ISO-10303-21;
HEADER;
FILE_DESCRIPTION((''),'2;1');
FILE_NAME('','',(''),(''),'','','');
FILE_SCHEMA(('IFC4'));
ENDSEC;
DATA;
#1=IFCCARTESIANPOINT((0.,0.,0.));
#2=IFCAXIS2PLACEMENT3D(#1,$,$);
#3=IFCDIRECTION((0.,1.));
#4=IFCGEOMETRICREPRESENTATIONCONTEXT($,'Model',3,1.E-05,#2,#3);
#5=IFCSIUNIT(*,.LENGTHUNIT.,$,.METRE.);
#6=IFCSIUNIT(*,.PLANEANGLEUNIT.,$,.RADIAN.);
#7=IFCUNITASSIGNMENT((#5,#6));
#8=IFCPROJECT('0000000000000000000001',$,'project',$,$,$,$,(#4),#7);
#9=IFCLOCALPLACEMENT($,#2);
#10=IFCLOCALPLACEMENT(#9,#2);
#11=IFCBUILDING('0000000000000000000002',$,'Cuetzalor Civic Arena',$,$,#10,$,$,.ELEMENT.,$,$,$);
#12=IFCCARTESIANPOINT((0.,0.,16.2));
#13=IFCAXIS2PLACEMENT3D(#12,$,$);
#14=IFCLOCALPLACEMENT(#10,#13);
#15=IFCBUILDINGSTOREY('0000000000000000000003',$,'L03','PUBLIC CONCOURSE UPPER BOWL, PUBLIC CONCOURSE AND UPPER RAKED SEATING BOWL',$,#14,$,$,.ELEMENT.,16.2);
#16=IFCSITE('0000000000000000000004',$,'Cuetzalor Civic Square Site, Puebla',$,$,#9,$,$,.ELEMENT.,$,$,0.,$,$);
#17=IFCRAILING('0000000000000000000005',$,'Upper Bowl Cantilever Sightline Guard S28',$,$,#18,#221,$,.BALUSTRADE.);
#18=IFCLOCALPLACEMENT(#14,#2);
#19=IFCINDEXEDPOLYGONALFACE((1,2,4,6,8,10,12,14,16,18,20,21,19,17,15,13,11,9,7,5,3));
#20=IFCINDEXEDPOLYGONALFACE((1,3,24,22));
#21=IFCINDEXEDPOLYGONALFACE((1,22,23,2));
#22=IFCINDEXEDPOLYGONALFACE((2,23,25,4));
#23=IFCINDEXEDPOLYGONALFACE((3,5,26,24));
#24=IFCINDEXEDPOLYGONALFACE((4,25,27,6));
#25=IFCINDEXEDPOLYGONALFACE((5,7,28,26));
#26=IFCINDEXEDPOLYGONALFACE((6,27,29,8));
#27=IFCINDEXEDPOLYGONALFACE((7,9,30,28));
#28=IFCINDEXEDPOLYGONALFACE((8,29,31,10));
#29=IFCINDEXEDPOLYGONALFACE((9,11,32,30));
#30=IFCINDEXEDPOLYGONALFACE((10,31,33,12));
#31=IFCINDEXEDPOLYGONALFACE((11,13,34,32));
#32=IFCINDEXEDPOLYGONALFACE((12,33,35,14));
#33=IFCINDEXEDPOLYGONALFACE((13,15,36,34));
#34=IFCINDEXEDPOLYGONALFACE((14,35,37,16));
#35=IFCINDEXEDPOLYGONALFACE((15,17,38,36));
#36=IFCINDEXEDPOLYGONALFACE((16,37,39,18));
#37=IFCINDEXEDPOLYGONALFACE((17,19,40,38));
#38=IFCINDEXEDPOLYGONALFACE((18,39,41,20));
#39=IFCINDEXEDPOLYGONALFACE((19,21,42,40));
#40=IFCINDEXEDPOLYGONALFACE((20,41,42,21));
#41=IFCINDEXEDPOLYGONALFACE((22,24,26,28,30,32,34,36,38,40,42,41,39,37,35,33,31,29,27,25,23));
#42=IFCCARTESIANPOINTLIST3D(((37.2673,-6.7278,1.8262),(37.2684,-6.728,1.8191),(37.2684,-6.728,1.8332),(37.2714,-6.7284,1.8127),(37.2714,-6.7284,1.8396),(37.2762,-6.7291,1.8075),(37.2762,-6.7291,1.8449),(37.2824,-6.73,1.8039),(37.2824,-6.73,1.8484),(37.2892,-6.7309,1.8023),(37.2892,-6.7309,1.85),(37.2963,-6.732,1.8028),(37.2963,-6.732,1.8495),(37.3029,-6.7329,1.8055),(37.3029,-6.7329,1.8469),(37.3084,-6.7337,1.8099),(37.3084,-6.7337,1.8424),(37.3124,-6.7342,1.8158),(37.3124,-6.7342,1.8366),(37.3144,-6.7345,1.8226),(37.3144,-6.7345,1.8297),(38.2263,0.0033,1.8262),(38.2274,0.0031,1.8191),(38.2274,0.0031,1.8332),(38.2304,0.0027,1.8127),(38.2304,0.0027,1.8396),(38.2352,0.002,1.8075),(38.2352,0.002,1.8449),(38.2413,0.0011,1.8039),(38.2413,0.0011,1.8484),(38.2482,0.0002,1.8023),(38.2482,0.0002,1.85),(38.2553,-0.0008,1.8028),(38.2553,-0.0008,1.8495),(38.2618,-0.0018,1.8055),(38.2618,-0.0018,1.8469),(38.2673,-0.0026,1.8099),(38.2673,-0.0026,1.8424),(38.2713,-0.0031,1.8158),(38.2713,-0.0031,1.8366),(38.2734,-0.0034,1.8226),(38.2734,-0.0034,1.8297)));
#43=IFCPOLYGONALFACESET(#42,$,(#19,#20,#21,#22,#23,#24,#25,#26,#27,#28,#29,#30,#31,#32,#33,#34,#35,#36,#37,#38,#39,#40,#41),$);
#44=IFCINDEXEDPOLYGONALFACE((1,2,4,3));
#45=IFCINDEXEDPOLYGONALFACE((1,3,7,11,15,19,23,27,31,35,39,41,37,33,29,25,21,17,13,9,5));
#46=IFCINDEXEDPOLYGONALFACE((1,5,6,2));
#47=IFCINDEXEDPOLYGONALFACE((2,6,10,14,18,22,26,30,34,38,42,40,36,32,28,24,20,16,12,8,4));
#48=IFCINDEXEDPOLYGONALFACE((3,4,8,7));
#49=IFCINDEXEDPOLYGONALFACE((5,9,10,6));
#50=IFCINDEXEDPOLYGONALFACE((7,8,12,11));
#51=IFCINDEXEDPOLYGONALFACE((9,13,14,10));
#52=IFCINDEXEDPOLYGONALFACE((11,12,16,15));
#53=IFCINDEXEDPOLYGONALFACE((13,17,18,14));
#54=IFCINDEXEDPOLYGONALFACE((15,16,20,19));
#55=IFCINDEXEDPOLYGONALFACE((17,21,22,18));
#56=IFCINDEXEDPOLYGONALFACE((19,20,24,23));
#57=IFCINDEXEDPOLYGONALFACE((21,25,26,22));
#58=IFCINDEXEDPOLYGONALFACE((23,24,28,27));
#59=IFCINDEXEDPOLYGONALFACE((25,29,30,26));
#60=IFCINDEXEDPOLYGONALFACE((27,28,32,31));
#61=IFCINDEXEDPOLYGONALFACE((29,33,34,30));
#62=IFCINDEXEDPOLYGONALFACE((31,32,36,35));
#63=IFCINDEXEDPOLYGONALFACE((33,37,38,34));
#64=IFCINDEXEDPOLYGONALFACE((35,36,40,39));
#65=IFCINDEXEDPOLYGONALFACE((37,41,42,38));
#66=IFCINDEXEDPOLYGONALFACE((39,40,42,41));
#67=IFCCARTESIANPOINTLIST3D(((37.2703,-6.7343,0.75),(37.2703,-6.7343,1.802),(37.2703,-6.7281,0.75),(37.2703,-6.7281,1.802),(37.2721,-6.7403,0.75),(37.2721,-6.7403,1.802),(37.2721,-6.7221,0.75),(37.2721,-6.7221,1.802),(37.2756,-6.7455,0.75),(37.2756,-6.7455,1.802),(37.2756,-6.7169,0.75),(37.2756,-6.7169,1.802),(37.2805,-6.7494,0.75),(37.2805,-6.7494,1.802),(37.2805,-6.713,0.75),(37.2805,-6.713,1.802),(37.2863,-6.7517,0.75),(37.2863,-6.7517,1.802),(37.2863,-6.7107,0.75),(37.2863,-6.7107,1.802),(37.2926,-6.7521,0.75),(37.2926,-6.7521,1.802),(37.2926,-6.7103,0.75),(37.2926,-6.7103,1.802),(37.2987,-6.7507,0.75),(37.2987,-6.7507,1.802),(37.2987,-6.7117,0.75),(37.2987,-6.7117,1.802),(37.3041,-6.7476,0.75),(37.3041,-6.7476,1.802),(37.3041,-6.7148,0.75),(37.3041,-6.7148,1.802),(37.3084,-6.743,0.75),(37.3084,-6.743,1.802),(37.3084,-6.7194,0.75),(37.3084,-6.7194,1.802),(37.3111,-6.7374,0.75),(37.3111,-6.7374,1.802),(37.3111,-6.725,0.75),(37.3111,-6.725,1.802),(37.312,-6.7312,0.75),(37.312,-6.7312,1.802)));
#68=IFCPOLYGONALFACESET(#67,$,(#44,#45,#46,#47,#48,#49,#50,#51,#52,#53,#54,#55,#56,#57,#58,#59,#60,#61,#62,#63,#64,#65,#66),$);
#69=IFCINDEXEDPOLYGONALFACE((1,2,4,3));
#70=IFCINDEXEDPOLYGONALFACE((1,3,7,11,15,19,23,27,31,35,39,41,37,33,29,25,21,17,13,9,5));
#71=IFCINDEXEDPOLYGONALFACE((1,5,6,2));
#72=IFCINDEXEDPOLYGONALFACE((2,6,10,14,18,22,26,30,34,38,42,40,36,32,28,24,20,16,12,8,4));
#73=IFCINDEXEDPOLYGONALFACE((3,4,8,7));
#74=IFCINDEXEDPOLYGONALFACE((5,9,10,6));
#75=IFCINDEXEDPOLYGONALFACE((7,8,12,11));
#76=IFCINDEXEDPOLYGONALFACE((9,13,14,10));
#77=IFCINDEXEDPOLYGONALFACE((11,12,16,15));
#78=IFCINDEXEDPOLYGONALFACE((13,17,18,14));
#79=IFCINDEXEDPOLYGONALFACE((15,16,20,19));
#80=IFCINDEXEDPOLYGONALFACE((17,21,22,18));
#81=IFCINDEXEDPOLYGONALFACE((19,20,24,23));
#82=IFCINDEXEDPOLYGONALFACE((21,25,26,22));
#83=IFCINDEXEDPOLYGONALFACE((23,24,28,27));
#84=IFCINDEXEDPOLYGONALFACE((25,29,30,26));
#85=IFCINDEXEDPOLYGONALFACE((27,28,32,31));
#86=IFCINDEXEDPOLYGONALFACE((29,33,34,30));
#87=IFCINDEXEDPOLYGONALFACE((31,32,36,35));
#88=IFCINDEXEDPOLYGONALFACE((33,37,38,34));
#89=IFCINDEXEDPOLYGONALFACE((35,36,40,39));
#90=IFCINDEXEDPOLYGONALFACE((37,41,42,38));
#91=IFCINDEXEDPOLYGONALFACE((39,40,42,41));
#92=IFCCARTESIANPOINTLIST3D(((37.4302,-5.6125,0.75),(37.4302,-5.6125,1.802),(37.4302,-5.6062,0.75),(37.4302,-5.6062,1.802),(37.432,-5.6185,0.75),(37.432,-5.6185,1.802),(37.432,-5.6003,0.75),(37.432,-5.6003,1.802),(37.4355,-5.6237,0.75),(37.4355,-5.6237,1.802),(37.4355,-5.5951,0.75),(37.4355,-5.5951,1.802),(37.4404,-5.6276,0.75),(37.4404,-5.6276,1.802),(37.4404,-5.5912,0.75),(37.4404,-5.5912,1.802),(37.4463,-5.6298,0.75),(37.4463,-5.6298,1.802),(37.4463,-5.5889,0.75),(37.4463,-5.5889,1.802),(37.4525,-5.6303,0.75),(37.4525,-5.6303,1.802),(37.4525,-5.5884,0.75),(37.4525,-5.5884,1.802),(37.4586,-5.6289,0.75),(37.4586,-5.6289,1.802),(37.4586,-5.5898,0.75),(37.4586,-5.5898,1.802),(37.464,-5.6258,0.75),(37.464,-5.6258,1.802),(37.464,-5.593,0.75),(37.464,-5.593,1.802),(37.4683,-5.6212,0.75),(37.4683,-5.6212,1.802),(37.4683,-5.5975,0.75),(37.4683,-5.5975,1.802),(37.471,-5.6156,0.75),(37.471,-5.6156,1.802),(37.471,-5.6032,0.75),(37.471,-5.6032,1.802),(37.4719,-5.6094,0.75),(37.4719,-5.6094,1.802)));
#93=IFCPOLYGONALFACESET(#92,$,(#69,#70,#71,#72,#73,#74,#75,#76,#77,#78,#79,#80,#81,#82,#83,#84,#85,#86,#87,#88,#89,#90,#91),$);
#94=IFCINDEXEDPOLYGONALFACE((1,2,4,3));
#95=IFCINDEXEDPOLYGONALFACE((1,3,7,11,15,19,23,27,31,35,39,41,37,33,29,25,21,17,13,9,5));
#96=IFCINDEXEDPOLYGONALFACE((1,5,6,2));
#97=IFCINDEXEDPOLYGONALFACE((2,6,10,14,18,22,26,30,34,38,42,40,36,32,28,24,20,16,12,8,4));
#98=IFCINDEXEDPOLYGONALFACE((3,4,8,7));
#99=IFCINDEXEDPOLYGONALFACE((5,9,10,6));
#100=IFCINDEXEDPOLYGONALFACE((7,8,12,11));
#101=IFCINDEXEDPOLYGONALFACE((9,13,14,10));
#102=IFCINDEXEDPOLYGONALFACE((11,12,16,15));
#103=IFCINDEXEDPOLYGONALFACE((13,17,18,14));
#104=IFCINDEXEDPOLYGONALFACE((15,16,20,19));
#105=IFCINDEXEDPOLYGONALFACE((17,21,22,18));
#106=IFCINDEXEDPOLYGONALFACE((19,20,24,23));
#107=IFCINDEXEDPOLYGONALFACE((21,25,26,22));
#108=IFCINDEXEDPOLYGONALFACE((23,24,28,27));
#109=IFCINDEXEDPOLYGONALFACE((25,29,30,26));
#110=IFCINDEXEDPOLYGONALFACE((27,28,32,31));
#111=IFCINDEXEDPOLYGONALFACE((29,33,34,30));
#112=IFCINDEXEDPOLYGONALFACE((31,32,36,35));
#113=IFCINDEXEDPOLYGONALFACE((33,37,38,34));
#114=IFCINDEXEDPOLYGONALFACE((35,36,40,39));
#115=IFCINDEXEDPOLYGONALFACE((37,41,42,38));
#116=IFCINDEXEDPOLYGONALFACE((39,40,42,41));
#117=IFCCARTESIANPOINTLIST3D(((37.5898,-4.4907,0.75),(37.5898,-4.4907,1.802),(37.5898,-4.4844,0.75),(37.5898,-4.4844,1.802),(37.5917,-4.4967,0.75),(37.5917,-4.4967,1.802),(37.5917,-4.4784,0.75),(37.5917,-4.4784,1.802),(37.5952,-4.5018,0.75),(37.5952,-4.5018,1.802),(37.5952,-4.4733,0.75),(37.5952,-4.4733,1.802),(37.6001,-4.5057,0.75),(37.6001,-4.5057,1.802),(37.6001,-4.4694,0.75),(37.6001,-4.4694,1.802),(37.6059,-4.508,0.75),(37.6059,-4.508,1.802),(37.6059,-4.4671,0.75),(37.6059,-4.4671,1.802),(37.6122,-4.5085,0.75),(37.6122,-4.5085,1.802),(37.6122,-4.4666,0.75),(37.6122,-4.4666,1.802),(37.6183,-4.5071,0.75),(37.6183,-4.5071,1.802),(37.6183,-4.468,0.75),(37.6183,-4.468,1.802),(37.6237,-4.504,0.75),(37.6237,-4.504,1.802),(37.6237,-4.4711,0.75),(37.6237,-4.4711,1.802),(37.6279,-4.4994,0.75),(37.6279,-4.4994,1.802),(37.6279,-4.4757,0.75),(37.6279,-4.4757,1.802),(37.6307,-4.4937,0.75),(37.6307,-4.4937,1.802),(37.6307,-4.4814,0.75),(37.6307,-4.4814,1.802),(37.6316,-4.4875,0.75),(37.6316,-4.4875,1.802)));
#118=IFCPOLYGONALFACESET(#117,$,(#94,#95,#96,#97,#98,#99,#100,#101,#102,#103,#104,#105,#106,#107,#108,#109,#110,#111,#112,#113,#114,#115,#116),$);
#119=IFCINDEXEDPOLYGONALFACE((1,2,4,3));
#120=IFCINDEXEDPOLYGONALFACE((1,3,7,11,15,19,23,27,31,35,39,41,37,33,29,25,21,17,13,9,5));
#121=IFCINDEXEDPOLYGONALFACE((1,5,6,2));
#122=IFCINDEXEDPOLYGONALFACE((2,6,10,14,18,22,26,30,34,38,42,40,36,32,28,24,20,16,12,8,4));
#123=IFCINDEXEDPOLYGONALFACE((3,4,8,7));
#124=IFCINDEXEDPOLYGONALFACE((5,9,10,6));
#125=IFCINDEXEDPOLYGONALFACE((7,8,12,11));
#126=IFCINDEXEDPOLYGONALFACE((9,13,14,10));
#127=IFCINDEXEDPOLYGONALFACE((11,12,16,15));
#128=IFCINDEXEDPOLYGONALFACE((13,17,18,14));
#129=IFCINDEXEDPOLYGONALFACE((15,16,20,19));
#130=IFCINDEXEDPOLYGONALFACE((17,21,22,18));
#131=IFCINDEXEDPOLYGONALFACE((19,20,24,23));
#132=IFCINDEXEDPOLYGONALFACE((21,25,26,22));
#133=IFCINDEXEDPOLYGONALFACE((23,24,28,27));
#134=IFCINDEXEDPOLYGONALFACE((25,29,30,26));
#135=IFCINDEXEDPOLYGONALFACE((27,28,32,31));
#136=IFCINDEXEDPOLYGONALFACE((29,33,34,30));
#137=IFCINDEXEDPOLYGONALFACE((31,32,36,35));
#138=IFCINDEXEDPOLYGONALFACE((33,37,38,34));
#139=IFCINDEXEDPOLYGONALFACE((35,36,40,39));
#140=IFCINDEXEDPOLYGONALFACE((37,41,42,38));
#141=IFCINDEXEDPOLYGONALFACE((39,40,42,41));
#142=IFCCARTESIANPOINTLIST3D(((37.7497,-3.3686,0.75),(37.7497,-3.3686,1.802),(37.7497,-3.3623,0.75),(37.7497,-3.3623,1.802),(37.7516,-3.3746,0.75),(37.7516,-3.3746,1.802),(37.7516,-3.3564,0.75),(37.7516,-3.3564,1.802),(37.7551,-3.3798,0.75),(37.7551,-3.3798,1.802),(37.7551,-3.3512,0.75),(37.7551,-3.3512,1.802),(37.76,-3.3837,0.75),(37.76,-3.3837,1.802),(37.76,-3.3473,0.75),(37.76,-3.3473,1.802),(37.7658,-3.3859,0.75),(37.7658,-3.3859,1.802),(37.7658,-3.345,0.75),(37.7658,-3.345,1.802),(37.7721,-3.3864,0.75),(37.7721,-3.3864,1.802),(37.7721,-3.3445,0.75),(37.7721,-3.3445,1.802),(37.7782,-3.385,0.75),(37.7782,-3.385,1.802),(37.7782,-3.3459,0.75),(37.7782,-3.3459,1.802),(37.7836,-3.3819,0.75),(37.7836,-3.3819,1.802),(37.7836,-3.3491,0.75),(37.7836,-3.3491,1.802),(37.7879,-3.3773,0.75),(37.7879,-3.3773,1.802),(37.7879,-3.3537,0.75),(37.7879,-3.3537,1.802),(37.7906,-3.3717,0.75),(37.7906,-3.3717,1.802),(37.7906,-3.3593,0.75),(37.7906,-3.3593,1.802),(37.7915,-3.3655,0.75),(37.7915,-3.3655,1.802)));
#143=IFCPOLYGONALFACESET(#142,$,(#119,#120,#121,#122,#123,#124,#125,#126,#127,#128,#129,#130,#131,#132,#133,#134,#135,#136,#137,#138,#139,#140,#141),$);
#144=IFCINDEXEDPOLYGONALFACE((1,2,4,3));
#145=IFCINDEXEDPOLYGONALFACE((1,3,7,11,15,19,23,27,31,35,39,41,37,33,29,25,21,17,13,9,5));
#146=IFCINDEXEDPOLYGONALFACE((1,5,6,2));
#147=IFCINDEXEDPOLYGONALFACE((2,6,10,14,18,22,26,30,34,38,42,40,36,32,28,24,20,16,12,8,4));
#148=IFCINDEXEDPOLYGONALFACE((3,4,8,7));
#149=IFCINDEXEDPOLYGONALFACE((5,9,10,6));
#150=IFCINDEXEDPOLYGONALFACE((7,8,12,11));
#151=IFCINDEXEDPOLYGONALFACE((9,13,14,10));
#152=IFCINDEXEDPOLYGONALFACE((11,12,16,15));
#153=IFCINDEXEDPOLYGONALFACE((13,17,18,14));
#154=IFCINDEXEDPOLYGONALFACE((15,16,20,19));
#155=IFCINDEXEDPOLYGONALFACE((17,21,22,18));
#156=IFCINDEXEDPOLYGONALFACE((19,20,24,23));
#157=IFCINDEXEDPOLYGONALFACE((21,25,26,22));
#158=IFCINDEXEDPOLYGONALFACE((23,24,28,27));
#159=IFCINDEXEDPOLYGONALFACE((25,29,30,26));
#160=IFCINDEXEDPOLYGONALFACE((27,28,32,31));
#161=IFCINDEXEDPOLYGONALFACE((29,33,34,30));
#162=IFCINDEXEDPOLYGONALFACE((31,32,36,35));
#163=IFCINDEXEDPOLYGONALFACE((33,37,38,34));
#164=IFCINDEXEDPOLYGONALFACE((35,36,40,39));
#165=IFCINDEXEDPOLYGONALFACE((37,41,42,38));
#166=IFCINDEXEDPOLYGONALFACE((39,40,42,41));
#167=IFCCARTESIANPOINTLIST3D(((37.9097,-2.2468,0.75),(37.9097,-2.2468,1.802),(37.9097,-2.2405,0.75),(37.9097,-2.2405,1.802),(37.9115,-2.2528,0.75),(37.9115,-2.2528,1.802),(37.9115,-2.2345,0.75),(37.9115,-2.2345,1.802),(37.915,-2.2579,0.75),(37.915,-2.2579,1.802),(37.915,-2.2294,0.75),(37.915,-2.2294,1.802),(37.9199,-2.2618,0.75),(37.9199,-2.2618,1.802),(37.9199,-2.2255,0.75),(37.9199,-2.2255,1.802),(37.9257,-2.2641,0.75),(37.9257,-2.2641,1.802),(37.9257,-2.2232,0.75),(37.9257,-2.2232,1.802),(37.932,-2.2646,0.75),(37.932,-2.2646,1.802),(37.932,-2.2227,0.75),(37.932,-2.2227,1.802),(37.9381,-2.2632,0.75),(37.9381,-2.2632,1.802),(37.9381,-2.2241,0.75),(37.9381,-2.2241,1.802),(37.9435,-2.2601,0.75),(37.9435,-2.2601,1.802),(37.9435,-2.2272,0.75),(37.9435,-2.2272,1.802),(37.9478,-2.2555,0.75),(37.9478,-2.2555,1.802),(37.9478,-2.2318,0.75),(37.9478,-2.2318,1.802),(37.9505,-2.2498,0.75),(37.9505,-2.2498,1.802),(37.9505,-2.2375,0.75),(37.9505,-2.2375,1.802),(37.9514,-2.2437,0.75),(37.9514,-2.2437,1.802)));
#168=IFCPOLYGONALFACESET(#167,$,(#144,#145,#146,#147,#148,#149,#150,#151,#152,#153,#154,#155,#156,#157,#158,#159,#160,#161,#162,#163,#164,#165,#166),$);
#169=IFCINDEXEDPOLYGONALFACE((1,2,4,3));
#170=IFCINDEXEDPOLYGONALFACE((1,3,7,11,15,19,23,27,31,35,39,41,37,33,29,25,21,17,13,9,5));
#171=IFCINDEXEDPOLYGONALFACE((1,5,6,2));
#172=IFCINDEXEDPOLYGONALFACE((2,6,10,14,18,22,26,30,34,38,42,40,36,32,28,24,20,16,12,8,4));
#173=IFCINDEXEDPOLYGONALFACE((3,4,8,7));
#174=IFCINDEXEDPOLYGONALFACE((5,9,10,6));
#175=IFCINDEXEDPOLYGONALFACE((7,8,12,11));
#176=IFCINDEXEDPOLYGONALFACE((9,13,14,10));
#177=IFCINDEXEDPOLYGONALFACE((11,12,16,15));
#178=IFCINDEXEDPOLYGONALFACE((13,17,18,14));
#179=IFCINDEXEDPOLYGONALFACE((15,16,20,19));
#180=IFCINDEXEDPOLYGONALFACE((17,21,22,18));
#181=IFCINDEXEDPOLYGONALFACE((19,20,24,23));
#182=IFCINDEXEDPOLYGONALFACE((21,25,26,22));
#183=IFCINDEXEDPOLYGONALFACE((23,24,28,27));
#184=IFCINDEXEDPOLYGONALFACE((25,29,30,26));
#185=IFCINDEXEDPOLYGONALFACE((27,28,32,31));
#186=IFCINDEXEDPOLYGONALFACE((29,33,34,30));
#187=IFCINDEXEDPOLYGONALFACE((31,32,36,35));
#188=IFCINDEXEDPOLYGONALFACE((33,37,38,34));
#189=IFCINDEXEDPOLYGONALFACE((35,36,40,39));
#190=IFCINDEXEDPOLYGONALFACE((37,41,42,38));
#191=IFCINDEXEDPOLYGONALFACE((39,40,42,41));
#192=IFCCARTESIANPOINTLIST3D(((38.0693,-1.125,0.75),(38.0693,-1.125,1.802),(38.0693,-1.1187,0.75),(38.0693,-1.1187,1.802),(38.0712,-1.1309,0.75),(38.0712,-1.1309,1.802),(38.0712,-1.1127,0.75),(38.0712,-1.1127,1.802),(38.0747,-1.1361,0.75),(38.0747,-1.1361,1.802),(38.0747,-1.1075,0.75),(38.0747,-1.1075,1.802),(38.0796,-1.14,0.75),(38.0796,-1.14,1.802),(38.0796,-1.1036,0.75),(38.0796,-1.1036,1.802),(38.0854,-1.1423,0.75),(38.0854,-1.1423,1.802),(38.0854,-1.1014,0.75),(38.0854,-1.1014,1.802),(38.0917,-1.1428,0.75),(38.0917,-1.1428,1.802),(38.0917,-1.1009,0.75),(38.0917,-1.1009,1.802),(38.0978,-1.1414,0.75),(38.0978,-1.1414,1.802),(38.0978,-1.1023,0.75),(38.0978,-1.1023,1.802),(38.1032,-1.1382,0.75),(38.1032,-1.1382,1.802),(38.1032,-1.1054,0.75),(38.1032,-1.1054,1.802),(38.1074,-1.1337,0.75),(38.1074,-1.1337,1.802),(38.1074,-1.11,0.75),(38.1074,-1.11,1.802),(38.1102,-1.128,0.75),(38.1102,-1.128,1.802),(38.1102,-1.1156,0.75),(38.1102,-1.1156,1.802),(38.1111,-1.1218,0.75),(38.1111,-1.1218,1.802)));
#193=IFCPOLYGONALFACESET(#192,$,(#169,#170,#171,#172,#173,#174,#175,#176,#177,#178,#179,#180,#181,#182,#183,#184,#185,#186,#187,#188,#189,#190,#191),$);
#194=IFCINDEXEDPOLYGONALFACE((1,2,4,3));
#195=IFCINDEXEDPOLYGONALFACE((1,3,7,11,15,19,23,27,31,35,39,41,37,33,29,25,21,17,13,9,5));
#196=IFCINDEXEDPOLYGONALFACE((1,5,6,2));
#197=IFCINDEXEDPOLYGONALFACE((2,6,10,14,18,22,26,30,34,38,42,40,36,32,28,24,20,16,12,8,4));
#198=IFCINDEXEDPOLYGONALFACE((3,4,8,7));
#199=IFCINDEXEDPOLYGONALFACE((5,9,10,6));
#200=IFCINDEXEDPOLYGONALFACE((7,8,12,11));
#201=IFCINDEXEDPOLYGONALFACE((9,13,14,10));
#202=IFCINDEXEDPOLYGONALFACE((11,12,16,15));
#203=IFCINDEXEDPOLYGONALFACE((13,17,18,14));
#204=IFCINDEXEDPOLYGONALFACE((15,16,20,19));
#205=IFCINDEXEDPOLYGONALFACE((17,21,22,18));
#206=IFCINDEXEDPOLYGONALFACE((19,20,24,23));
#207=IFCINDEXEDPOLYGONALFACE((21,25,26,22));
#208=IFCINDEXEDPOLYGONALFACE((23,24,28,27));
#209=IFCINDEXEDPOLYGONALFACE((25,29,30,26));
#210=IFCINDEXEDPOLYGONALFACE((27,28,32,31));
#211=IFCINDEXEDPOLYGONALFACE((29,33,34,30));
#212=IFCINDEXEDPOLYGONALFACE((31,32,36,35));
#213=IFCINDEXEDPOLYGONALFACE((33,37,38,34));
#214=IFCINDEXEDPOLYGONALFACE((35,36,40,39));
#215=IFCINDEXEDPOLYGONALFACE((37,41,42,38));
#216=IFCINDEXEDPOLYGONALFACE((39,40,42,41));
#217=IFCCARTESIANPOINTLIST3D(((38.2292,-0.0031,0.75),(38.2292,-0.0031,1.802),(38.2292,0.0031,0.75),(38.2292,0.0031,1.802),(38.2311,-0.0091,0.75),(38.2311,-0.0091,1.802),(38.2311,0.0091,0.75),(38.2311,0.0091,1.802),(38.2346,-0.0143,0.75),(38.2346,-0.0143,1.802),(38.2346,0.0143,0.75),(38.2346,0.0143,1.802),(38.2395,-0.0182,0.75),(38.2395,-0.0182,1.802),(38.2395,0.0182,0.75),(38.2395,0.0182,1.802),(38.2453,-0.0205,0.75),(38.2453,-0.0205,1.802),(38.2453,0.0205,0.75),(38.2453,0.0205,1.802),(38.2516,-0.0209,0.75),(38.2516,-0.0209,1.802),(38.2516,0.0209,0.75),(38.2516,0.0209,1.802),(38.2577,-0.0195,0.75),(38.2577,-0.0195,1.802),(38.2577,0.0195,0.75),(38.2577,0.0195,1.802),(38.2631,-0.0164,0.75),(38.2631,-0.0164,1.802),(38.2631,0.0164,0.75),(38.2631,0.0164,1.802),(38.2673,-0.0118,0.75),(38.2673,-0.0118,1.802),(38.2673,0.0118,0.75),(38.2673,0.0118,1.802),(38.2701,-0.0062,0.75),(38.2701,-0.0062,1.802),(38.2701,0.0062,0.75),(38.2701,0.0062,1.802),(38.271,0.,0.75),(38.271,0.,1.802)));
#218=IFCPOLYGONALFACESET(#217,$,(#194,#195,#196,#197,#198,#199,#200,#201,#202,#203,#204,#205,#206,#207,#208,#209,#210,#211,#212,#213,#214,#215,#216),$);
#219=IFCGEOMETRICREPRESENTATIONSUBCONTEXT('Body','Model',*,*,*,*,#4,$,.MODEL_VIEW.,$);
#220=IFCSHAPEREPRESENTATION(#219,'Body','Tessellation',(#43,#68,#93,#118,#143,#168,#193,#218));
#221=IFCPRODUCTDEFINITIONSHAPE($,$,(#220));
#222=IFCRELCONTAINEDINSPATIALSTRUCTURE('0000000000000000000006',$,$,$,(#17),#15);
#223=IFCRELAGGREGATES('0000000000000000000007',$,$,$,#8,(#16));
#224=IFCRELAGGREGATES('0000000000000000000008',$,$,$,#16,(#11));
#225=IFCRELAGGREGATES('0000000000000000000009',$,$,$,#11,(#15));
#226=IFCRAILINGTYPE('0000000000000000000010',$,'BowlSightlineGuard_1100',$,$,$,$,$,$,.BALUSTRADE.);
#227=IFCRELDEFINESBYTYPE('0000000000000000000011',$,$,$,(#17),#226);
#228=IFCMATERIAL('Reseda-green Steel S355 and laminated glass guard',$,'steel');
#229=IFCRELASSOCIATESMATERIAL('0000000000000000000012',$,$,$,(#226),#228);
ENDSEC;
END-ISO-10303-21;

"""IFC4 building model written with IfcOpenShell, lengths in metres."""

from ifc_helpers import new_model, si_unit, direction, frame, origin, origin_2d, place, context, subcontext, project, spatial, circle, extrude, material, type_object, element, save


model = new_model("IFC4")

# Units and contexts
model_context = context("Model", 3, precision=1e-05, world=origin(), true_north=direction((0.0, 1.0)))
body_context = subcontext(model_context, "Body", "Model", "MODEL_VIEW")
ifc_project = project(units=[si_unit("LENGTHUNIT", "METRE"), si_unit("PLANEANGLEUNIT", "RADIAN")], contexts=[model_context])

# Site, building, storey
site_placement = place(None, origin())
site = spatial("IfcSite", under=ifc_project, at=site_placement, Name="Cuetzalor Civic Square Site, Puebla", CompositionType="ELEMENT", RefElevation=0.0)
building_placement = place(site_placement, origin())
building = spatial("IfcBuilding", under=site, at=building_placement, Name="Cuetzalor Civic Arena", CompositionType="ELEMENT")
storey_placement = place(building_placement, frame((0.0, 0.0, 16.2)))
storey = spatial("IfcBuildingStorey", under=building, at=storey_placement, Name="L03", Description="PUBLIC CONCOURSE UPPER BOWL, PUBLIC CONCOURSE AND UPPER RAKED SEATING BOWL", CompositionType="ELEMENT", Elevation=16.2)

# Railing
ifc_material_1 = material(Name="Reseda-green Steel S355 and laminated glass guard", Category="steel")
railing_type = type_object("IfcRailingType", Name="BowlSightlineGuard_1100", PredefinedType="BALUSTRADE", material=ifc_material_1)
railing_1_placement = place(storey_placement, frame((37.291, -6.7312, 0.75)))
element("IfcRailing", 1, at=railing_1_placement, inside=storey, type_object=railing_type, Name="Upper Bowl Cantilever Sightline Guard S28", PredefinedType="BALUSTRADE", context=body_context, shape_type="SweptSolid", body=[
    extrude(circle(Radius=0.0239, at=origin_2d()), frame((0.0, 0.0, 1.0762), z_axis=(0.141044, 0.990003, 0.0), x_axis=(-0.990003, 0.141044, 0.0)), (0.0, 0.0, 1.0), 6.7991),
    extrude(circle(Radius=0.021, at=origin_2d()), origin(), (0.0, 0.0, 1.0), 1.052),
    extrude(circle(Radius=0.021, at=origin_2d()), frame((0.1599, 1.1218, 0.0)), (0.0, 0.0, 1.0), 1.052),
    extrude(circle(Radius=0.021, at=origin_2d()), frame((0.3196, 2.2437, 0.0)), (0.0, 0.0, 1.0), 1.052),
    extrude(circle(Radius=0.021, at=origin_2d()), frame((0.4795, 3.3657, 0.0)), (0.0, 0.0, 1.0), 1.052),
    extrude(circle(Radius=0.021, at=origin_2d()), frame((0.6394, 4.4875, 0.0)), (0.0, 0.0, 1.0), 1.052),
    extrude(circle(Radius=0.021, at=origin_2d()), frame((0.7991, 5.6094, 0.0)), (0.0, 0.0, 1.0), 1.052),
    extrude(circle(Radius=0.021, at=origin_2d()), frame((0.959, 6.7312, 0.0)), (0.0, 0.0, 1.0), 1.052),
])

save(model, "model.ifc")
